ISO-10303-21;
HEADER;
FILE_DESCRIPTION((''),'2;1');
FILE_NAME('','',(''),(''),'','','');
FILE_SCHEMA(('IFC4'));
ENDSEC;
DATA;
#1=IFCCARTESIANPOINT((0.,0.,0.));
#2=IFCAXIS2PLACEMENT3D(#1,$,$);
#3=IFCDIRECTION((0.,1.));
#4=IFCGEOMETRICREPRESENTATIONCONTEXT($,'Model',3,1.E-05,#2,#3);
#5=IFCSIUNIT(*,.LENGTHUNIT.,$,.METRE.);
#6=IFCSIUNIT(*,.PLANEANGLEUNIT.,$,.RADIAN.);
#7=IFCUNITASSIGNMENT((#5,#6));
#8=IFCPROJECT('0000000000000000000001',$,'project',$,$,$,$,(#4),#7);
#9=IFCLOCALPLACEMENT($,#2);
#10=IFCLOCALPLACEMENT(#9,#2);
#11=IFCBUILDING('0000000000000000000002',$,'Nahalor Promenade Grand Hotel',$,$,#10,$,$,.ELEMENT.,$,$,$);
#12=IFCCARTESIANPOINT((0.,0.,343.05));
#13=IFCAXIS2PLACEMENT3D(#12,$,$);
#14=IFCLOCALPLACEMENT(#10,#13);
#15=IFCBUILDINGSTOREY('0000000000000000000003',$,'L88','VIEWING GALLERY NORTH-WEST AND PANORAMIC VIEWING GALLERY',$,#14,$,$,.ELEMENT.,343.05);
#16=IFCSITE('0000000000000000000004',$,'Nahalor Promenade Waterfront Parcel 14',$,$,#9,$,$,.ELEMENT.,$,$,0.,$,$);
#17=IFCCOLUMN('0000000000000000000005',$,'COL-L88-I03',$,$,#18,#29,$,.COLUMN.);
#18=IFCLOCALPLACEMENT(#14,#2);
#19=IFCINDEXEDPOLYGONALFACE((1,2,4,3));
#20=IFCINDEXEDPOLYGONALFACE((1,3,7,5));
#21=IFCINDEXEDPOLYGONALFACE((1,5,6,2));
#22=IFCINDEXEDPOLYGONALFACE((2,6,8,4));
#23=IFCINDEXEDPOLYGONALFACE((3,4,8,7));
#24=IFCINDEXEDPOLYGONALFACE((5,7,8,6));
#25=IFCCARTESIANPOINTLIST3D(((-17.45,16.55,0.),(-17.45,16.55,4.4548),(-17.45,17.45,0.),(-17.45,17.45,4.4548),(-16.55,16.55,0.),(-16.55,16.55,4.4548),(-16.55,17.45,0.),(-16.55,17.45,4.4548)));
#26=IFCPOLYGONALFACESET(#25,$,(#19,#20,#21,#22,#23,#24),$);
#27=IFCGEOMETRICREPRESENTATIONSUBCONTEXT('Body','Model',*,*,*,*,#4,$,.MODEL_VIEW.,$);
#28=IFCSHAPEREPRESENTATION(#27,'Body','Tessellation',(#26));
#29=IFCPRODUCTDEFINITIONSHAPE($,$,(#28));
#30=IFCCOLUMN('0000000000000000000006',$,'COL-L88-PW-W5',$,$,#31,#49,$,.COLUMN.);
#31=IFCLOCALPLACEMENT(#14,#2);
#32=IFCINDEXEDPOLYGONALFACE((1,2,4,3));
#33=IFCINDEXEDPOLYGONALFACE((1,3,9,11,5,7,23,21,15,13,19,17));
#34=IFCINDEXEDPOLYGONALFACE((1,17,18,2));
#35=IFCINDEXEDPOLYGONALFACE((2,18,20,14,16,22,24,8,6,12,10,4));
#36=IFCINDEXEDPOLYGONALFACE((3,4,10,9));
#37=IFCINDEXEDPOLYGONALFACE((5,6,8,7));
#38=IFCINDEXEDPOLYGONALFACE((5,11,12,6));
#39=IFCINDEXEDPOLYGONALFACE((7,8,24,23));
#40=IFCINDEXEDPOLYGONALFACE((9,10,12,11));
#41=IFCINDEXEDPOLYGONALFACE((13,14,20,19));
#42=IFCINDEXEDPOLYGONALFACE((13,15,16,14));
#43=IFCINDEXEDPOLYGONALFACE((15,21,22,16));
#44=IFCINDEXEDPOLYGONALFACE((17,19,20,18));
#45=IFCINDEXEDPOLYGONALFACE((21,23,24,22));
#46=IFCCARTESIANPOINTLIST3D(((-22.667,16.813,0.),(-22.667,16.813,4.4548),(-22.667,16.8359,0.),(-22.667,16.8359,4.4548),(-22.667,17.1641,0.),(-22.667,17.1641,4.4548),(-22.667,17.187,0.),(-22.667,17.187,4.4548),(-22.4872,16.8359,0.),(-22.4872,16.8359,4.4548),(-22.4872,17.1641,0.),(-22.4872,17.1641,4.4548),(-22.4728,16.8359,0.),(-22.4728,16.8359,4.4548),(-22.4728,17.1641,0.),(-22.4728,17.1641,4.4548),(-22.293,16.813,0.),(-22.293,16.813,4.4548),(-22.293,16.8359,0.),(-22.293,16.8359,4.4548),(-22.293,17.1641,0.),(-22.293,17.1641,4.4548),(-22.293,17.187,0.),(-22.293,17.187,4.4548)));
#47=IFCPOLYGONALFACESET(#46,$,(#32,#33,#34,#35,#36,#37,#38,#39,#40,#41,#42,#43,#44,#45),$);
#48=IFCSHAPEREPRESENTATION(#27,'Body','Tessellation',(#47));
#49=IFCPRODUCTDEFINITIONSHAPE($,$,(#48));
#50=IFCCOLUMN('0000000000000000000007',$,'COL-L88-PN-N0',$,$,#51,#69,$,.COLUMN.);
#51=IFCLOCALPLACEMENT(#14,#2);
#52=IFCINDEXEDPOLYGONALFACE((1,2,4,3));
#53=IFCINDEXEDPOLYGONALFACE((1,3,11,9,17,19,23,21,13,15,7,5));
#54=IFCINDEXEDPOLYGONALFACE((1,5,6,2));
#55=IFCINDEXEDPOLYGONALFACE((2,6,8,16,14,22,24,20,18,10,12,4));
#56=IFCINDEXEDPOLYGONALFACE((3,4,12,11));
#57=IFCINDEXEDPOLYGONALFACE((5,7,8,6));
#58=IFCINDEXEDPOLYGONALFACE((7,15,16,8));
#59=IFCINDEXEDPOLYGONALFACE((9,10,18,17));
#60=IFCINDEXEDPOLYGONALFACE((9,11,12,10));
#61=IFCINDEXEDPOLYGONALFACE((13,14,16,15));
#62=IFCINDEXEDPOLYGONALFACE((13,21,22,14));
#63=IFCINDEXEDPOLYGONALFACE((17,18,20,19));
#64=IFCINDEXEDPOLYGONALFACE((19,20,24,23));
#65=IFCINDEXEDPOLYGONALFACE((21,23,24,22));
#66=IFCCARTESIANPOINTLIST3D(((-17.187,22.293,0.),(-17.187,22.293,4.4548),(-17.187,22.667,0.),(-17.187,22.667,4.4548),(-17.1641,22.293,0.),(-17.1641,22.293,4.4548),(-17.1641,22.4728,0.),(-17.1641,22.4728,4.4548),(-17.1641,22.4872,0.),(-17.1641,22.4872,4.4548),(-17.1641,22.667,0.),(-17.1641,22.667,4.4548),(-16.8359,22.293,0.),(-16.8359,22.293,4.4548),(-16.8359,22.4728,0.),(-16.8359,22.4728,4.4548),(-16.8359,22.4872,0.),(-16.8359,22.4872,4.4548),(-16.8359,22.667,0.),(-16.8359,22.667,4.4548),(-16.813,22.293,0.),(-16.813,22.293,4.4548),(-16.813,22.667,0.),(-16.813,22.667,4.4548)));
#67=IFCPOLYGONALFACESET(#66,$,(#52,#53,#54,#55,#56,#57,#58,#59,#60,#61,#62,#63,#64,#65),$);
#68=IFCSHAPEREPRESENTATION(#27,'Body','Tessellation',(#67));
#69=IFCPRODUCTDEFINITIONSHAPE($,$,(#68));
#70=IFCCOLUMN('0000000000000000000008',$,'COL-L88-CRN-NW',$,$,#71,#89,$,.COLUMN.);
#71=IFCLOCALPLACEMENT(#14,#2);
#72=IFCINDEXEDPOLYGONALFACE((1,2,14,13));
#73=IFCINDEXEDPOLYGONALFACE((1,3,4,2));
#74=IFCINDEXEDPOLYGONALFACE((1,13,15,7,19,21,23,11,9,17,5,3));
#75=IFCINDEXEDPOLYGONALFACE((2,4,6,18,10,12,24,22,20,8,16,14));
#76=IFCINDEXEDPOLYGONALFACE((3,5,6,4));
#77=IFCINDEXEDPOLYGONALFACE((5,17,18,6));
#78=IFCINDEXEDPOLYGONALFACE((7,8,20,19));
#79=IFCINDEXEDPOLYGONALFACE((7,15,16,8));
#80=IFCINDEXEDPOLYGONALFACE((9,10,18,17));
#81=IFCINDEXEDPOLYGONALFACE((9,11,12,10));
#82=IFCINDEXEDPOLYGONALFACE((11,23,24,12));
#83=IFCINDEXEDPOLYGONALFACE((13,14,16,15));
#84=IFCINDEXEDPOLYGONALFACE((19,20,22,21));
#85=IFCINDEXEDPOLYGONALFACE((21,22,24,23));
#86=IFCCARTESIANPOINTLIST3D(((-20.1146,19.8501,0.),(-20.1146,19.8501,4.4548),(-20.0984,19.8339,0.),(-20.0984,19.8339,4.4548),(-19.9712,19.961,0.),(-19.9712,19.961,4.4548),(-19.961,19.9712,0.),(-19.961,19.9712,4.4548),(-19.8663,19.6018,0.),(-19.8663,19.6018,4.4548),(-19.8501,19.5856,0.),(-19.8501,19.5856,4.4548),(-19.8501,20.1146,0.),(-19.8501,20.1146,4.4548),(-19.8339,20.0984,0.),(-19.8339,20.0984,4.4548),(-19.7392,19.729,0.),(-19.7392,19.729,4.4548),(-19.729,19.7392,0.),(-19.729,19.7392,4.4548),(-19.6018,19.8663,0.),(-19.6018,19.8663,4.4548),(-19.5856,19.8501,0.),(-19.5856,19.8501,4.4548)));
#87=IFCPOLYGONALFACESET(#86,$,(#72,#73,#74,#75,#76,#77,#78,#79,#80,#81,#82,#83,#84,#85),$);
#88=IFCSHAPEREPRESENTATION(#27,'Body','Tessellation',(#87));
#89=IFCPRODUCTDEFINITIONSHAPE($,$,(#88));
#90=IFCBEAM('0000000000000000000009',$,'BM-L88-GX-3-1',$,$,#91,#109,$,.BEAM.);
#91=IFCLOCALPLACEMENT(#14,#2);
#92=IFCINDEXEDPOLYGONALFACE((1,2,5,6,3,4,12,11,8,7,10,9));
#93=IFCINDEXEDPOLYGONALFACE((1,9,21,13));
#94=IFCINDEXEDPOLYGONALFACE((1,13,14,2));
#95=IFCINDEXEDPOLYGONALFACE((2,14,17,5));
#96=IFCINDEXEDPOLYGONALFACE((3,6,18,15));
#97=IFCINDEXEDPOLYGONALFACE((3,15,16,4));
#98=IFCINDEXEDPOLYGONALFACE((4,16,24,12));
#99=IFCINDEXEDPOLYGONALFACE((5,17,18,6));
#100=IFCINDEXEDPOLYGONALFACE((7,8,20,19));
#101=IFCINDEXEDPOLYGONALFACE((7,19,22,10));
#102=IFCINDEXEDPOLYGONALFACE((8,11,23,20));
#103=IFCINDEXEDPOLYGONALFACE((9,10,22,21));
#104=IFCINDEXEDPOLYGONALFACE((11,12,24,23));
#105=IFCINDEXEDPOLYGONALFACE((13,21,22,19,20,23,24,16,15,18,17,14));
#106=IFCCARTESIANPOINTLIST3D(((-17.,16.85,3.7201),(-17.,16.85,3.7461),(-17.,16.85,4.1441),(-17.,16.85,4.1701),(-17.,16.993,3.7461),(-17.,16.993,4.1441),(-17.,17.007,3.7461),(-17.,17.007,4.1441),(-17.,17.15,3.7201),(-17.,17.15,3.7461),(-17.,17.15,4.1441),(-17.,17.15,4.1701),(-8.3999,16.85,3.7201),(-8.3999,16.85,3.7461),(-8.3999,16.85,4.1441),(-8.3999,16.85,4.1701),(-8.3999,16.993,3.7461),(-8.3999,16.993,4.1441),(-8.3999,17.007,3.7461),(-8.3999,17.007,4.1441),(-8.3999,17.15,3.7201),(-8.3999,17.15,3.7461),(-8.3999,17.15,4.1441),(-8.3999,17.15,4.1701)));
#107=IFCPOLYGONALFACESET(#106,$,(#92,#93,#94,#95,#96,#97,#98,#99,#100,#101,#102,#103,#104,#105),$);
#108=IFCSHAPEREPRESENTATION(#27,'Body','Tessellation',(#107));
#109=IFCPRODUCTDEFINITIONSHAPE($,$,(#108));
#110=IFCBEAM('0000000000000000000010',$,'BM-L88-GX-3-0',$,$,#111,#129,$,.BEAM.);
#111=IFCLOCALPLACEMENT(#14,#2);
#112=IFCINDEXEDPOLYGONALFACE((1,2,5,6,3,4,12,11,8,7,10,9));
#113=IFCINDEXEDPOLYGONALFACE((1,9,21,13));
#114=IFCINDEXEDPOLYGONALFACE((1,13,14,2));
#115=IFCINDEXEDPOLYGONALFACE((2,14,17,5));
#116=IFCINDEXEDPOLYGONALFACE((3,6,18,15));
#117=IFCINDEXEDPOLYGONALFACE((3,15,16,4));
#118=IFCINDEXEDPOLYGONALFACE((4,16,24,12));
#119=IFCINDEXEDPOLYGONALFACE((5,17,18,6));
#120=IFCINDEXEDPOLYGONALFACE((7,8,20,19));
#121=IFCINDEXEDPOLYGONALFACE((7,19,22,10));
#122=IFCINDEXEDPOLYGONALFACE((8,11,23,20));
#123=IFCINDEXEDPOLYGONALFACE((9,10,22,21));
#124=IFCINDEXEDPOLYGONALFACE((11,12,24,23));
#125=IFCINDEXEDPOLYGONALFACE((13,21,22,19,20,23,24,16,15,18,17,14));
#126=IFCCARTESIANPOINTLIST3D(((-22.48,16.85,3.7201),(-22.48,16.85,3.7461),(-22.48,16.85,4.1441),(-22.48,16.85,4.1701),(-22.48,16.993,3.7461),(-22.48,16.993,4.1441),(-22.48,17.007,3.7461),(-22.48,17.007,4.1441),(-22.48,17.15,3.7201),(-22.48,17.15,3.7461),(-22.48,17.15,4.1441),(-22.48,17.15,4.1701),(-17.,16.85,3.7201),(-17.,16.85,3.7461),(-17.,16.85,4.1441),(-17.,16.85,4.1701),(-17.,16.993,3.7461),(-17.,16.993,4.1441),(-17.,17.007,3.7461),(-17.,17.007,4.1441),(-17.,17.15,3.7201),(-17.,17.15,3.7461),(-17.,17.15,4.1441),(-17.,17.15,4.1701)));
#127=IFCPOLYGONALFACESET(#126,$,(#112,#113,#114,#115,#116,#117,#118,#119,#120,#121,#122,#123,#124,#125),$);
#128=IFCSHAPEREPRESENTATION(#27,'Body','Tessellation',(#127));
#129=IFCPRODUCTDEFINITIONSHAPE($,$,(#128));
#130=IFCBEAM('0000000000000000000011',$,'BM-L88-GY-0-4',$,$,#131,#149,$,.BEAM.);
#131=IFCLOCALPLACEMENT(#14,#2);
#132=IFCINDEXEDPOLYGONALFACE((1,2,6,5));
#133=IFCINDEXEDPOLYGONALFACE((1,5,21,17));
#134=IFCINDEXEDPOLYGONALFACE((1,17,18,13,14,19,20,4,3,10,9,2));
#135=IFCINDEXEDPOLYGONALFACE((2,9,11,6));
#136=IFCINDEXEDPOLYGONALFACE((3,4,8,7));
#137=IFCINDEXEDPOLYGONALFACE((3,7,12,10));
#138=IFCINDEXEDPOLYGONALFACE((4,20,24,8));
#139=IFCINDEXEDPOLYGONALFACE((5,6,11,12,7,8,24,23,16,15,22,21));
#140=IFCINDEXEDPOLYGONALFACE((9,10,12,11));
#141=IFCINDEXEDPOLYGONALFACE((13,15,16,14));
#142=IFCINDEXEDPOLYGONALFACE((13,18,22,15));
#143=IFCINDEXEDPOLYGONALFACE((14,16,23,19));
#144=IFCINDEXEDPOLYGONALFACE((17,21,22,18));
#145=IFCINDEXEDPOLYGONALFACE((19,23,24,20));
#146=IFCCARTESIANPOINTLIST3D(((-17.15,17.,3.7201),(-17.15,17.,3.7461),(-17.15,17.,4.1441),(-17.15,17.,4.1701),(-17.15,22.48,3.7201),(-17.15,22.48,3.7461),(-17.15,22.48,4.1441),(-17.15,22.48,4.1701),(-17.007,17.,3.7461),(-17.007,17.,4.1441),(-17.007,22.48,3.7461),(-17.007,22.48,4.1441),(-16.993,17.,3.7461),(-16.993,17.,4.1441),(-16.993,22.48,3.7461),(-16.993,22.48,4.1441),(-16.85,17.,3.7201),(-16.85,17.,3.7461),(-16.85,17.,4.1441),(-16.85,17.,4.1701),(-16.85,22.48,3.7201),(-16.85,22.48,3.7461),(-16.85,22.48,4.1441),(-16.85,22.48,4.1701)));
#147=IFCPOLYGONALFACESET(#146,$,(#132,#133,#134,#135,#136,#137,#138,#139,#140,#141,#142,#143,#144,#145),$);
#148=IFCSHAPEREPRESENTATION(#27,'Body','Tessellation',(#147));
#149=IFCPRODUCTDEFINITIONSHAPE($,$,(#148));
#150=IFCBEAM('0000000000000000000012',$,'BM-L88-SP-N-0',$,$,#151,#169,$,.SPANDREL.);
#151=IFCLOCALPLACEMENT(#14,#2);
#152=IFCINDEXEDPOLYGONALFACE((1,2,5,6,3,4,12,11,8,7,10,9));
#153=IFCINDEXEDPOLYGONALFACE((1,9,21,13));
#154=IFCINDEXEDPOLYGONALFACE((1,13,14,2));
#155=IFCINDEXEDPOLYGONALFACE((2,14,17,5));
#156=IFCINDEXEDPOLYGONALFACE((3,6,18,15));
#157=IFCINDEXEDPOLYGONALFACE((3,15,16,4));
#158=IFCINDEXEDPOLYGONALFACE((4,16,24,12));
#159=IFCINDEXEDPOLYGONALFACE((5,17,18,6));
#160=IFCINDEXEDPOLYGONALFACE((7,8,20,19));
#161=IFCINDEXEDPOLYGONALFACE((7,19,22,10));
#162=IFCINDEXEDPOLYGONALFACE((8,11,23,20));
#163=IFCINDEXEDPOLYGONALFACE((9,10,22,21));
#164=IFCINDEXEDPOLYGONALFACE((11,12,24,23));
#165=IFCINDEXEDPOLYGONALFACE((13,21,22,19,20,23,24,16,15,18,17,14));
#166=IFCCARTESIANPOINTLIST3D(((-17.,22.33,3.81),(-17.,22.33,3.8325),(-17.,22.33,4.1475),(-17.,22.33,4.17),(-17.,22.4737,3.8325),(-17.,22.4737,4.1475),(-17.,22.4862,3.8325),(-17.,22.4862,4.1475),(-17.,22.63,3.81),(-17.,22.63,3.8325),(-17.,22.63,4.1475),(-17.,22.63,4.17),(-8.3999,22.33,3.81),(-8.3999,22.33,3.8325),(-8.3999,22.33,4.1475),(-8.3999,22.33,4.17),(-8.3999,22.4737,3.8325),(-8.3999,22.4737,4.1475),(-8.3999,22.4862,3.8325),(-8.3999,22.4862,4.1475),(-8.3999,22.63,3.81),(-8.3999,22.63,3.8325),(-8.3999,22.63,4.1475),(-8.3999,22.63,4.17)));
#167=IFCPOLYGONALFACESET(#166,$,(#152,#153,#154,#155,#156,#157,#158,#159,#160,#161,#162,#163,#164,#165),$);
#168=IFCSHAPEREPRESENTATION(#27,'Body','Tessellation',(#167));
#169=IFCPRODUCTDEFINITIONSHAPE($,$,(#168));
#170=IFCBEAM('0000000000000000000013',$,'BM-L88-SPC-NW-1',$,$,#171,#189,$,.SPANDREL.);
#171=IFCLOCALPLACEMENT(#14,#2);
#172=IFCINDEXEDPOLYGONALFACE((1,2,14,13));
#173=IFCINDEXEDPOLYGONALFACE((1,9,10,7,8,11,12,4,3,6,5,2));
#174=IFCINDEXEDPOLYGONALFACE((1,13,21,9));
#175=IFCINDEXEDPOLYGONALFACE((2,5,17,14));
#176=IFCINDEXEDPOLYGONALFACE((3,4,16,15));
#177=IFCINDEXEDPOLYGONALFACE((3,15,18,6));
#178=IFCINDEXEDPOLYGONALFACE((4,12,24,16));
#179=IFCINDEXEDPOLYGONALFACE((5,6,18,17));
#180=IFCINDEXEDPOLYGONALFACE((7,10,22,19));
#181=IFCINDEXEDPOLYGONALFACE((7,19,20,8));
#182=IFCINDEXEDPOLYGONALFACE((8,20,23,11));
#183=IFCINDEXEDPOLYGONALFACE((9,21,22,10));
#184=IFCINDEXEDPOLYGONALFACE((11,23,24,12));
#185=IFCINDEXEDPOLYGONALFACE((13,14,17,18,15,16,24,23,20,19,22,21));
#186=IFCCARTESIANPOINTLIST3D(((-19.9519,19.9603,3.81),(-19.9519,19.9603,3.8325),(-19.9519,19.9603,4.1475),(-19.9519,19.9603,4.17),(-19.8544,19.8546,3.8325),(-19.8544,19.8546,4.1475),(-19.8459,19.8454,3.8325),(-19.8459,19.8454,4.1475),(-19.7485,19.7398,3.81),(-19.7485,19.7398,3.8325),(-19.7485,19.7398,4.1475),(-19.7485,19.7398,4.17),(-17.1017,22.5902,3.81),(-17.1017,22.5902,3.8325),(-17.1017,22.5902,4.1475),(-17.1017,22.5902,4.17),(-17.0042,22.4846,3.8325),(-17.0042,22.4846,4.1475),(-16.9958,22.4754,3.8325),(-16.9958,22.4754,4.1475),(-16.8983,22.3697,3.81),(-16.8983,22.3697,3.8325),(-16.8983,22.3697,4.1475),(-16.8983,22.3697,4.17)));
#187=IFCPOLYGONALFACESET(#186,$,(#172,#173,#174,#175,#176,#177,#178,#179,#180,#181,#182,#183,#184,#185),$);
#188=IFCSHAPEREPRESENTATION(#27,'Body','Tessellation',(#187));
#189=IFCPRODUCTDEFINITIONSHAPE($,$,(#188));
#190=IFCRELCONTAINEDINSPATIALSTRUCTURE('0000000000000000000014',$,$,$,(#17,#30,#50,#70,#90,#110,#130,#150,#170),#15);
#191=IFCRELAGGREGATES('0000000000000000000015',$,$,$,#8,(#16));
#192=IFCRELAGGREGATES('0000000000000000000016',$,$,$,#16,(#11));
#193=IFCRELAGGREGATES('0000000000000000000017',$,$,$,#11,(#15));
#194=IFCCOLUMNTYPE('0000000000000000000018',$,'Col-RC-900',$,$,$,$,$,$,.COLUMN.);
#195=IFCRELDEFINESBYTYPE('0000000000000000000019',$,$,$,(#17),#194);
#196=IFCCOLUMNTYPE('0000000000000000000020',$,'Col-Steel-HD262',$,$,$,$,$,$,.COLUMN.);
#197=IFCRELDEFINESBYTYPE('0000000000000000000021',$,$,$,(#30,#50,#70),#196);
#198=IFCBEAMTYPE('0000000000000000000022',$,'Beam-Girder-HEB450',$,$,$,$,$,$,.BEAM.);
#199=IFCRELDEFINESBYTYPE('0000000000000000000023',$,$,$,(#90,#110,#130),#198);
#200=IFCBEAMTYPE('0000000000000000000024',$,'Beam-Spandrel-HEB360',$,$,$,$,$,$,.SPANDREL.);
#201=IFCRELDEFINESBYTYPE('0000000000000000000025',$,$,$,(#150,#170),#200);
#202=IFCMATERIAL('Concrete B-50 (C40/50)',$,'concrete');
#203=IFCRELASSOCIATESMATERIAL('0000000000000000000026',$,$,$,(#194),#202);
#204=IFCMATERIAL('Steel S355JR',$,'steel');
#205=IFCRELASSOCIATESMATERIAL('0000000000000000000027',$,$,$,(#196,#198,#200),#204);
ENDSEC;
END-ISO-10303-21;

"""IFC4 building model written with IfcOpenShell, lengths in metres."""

from ifc_helpers import new_model, si_unit, direction, frame, origin, origin_2d, place, context, subcontext, project, spatial, rectangle, i_section, extrude, source, transform, mapped, material, material_profile, profile_set, type_object, element, save


model = new_model("IFC4")

# Units and contexts
model_context = context("Model", 3, precision=1e-05, world=origin(), true_north=direction((0.0, 1.0)))
body_context = subcontext(model_context, "Body", "Model", "MODEL_VIEW")
ifc_project = project(units=[si_unit("LENGTHUNIT", "METRE"), si_unit("PLANEANGLEUNIT", "RADIAN")], contexts=[model_context])

# Site, building, storey
site_placement = place(None, origin())
site = spatial("IfcSite", under=ifc_project, at=site_placement, Name="Nahalor Promenade Waterfront Parcel 14", CompositionType="ELEMENT", RefElevation=0.0)
building_placement = place(site_placement, origin())
building = spatial("IfcBuilding", under=site, at=building_placement, Name="Nahalor Promenade Grand Hotel", CompositionType="ELEMENT")
storey_placement = place(building_placement, frame((0.0, 0.0, 343.05)))
storey = spatial("IfcBuildingStorey", under=building, at=storey_placement, Name="L88", Description="VIEWING GALLERY NORTH-WEST AND PANORAMIC VIEWING GALLERY", CompositionType="ELEMENT", Elevation=343.05)

# Columns
ifc_material_1 = material(Name="Concrete B-50 (C40/50)", Category="concrete")
ifc_material_profile_1 = material_profile(ifc_material_1, rectangle(XDim=0.9, YDim=0.9, at=origin_2d()), Name="RC 900x900")
ifc_profile_set_1 = profile_set([ifc_material_profile_1], Name="Concrete B-50 (C40/50)")
column_type_1 = type_object("IfcColumnType", Name="Col-RC-900", PredefinedType="COLUMN", material=ifc_profile_set_1)
shared_shape_1 = source(origin(), body_context, "Body", "SweptSolid", [
    extrude(rectangle(XDim=0.9, YDim=0.9, at=origin_2d()), origin(), (0.0, 0.0, 1.0), 4.4548),
])
column_placement = place(storey_placement, frame((-17.0, 17.0, 0.0), z_axis=(0.0, 0.0, 1.0), x_axis=(1.0, 0.0, 0.0)))
element("IfcColumn", 1, at=column_placement, inside=storey, type_object=column_type_1, Name="COL-L88-I03", PredefinedType="COLUMN", context=body_context, shape_type="MappedRepresentation", body=[
    mapped(shared_shape_1, transform((0.0, 0.0, 0.0), scale=1.0)),
])
ifc_material_2 = material(Name="Steel S355JR", Category="steel")
ifc_material_profile_2 = material_profile(ifc_material_2, i_section(OverallWidth=0.374, OverallDepth=0.374, WebThickness=0.0144, FlangeThickness=0.0229, at=origin_2d()), Name="HD 360x262")
ifc_profile_set_2 = profile_set([ifc_material_profile_2], Name="Steel S355JR")
column_type_2 = type_object("IfcColumnType", Name="Col-Steel-HD262", PredefinedType="COLUMN", material=ifc_profile_set_2)
shared_shape_2 = source(origin(), body_context, "Body", "SweptSolid", [
    extrude(i_section(OverallWidth=0.374, OverallDepth=0.374, WebThickness=0.0144, FlangeThickness=0.0229, at=origin_2d()), origin(), (0.0, 0.0, 1.0), 4.4548),
])
for number, where, z_axis, x_axis, name in (
    (2, (-22.48, 17.0, 0.0), (0.0, 0.0, 1.0), (1.0, 0.0, 0.0), "COL-L88-PW-W5"),
    (3, (-17.0, 22.48, 0.0), (0.0, 0.0, 1.0), (0.0, 1.0, 0.0), "COL-L88-PN-N0"),
    (4, (-19.8501, 19.8501, 0.0), (0.0, 0.0, 1.0), (0.707107, 0.707107, 0.0), "COL-L88-CRN-NW"),
):
    element("IfcColumn", number, at=place(storey_placement, frame(where, z_axis=z_axis, x_axis=x_axis)), inside=storey, type_object=column_type_2, Name=name, PredefinedType="COLUMN", context=body_context, shape_type="MappedRepresentation", body=[
        mapped(shared_shape_2, transform((0.0, 0.0, 0.0), scale=1.0)),
    ])

# Beams
ifc_material_profile_3 = material_profile(ifc_material_2, i_section(OverallWidth=0.3, OverallDepth=0.45, WebThickness=0.014, FlangeThickness=0.026, at=origin_2d()), Name="HEB 450")
ifc_profile_set_3 = profile_set([ifc_material_profile_3], Name="Steel S355JR")
beam_type_1 = type_object("IfcBeamType", Name="Beam-Girder-HEB450", PredefinedType="BEAM", material=ifc_profile_set_3)
shared_shape_3 = source(origin(), body_context, "Body", "SweptSolid", [
    extrude(i_section(OverallWidth=0.3, OverallDepth=0.45, WebThickness=0.014, FlangeThickness=0.026, at=origin_2d()), origin(), (0.0, 0.0, 1.0), 8.6001),
])
beam_1_placement = place(storey_placement, frame((-17.0, 17.0, 3.9451), z_axis=(1.0, 0.0, 0.0), x_axis=(0.0, 1.0, 0.0)))
element("IfcBeam", 5, at=beam_1_placement, inside=storey, type_object=beam_type_1, Name="BM-L88-GX-3-1", PredefinedType="BEAM", context=body_context, shape_type="MappedRepresentation", body=[
    mapped(shared_shape_3, transform((0.0, 0.0, 0.0), scale=1.0)),
])
shared_shape_4 = source(origin(), body_context, "Body", "SweptSolid", [
    extrude(i_section(OverallWidth=0.3, OverallDepth=0.45, WebThickness=0.014, FlangeThickness=0.026, at=origin_2d()), origin(), (0.0, 0.0, 1.0), 5.48),
])
for number, where, z_axis, x_axis, name in (
    (6, (-22.48, 17.0, 3.9451), (1.0, 0.0, 0.0), (0.0, 1.0, 0.0), "BM-L88-GX-3-0"),
    (7, (-17.0, 17.0, 3.9451), (0.0, 1.0, 0.0), (-1.0, 0.0, 0.0), "BM-L88-GY-0-4"),
):
    element("IfcBeam", number, at=place(storey_placement, frame(where, z_axis=z_axis, x_axis=x_axis)), inside=storey, type_object=beam_type_1, Name=name, PredefinedType="BEAM", context=body_context, shape_type="MappedRepresentation", body=[
        mapped(shared_shape_4, transform((0.0, 0.0, 0.0), scale=1.0)),
    ])
ifc_material_profile_4 = material_profile(ifc_material_2, i_section(OverallWidth=0.3, OverallDepth=0.36, WebThickness=0.0125, FlangeThickness=0.0225, at=origin_2d()), Name="HEB 360")
ifc_profile_set_4 = profile_set([ifc_material_profile_4], Name="Steel S355JR")
beam_type_2 = type_object("IfcBeamType", Name="Beam-Spandrel-HEB360", PredefinedType="SPANDREL", material=ifc_profile_set_4)
shared_shape_5 = source(origin(), body_context, "Body", "SweptSolid", [
    extrude(i_section(OverallWidth=0.3, OverallDepth=0.36, WebThickness=0.0125, FlangeThickness=0.0225, at=origin_2d()), origin(), (0.0, 0.0, 1.0), 8.6001),
])
beam_2_placement = place(storey_placement, frame((-17.0, 22.48, 3.99), z_axis=(1.0, 0.0, 0.0), x_axis=(0.0, 1.0, 0.0)))
element("IfcBeam", 8, at=beam_2_placement, inside=storey, type_object=beam_type_2, Name="BM-L88-SP-N-0", PredefinedType="SPANDREL", context=body_context, shape_type="MappedRepresentation", body=[
    mapped(shared_shape_5, transform((0.0, 0.0, 0.0), scale=1.0)),
])
shared_shape_6 = source(origin(), body_context, "Body", "SweptSolid", [
    extrude(i_section(OverallWidth=0.3, OverallDepth=0.36, WebThickness=0.0125, FlangeThickness=0.0225, at=origin_2d()), origin(), (0.0, 0.0, 1.0), 3.8782),
])
for number, where, z_axis, x_axis, name in (
    (9, (-17.0, 22.48, 3.99), (-0.734929, -0.678144, 0.0), (0.678144, -0.734929, 0.0), "BM-L88-SPC-NW-1"),
):
    element("IfcBeam", number, at=place(storey_placement, frame(where, z_axis=z_axis, x_axis=x_axis)), inside=storey, type_object=beam_type_2, Name=name, PredefinedType="SPANDREL", context=body_context, shape_type="MappedRepresentation", body=[
        mapped(shared_shape_6, transform((0.0, 0.0, 0.0), scale=1.0)),
    ])

save(model, "model.ifc")
